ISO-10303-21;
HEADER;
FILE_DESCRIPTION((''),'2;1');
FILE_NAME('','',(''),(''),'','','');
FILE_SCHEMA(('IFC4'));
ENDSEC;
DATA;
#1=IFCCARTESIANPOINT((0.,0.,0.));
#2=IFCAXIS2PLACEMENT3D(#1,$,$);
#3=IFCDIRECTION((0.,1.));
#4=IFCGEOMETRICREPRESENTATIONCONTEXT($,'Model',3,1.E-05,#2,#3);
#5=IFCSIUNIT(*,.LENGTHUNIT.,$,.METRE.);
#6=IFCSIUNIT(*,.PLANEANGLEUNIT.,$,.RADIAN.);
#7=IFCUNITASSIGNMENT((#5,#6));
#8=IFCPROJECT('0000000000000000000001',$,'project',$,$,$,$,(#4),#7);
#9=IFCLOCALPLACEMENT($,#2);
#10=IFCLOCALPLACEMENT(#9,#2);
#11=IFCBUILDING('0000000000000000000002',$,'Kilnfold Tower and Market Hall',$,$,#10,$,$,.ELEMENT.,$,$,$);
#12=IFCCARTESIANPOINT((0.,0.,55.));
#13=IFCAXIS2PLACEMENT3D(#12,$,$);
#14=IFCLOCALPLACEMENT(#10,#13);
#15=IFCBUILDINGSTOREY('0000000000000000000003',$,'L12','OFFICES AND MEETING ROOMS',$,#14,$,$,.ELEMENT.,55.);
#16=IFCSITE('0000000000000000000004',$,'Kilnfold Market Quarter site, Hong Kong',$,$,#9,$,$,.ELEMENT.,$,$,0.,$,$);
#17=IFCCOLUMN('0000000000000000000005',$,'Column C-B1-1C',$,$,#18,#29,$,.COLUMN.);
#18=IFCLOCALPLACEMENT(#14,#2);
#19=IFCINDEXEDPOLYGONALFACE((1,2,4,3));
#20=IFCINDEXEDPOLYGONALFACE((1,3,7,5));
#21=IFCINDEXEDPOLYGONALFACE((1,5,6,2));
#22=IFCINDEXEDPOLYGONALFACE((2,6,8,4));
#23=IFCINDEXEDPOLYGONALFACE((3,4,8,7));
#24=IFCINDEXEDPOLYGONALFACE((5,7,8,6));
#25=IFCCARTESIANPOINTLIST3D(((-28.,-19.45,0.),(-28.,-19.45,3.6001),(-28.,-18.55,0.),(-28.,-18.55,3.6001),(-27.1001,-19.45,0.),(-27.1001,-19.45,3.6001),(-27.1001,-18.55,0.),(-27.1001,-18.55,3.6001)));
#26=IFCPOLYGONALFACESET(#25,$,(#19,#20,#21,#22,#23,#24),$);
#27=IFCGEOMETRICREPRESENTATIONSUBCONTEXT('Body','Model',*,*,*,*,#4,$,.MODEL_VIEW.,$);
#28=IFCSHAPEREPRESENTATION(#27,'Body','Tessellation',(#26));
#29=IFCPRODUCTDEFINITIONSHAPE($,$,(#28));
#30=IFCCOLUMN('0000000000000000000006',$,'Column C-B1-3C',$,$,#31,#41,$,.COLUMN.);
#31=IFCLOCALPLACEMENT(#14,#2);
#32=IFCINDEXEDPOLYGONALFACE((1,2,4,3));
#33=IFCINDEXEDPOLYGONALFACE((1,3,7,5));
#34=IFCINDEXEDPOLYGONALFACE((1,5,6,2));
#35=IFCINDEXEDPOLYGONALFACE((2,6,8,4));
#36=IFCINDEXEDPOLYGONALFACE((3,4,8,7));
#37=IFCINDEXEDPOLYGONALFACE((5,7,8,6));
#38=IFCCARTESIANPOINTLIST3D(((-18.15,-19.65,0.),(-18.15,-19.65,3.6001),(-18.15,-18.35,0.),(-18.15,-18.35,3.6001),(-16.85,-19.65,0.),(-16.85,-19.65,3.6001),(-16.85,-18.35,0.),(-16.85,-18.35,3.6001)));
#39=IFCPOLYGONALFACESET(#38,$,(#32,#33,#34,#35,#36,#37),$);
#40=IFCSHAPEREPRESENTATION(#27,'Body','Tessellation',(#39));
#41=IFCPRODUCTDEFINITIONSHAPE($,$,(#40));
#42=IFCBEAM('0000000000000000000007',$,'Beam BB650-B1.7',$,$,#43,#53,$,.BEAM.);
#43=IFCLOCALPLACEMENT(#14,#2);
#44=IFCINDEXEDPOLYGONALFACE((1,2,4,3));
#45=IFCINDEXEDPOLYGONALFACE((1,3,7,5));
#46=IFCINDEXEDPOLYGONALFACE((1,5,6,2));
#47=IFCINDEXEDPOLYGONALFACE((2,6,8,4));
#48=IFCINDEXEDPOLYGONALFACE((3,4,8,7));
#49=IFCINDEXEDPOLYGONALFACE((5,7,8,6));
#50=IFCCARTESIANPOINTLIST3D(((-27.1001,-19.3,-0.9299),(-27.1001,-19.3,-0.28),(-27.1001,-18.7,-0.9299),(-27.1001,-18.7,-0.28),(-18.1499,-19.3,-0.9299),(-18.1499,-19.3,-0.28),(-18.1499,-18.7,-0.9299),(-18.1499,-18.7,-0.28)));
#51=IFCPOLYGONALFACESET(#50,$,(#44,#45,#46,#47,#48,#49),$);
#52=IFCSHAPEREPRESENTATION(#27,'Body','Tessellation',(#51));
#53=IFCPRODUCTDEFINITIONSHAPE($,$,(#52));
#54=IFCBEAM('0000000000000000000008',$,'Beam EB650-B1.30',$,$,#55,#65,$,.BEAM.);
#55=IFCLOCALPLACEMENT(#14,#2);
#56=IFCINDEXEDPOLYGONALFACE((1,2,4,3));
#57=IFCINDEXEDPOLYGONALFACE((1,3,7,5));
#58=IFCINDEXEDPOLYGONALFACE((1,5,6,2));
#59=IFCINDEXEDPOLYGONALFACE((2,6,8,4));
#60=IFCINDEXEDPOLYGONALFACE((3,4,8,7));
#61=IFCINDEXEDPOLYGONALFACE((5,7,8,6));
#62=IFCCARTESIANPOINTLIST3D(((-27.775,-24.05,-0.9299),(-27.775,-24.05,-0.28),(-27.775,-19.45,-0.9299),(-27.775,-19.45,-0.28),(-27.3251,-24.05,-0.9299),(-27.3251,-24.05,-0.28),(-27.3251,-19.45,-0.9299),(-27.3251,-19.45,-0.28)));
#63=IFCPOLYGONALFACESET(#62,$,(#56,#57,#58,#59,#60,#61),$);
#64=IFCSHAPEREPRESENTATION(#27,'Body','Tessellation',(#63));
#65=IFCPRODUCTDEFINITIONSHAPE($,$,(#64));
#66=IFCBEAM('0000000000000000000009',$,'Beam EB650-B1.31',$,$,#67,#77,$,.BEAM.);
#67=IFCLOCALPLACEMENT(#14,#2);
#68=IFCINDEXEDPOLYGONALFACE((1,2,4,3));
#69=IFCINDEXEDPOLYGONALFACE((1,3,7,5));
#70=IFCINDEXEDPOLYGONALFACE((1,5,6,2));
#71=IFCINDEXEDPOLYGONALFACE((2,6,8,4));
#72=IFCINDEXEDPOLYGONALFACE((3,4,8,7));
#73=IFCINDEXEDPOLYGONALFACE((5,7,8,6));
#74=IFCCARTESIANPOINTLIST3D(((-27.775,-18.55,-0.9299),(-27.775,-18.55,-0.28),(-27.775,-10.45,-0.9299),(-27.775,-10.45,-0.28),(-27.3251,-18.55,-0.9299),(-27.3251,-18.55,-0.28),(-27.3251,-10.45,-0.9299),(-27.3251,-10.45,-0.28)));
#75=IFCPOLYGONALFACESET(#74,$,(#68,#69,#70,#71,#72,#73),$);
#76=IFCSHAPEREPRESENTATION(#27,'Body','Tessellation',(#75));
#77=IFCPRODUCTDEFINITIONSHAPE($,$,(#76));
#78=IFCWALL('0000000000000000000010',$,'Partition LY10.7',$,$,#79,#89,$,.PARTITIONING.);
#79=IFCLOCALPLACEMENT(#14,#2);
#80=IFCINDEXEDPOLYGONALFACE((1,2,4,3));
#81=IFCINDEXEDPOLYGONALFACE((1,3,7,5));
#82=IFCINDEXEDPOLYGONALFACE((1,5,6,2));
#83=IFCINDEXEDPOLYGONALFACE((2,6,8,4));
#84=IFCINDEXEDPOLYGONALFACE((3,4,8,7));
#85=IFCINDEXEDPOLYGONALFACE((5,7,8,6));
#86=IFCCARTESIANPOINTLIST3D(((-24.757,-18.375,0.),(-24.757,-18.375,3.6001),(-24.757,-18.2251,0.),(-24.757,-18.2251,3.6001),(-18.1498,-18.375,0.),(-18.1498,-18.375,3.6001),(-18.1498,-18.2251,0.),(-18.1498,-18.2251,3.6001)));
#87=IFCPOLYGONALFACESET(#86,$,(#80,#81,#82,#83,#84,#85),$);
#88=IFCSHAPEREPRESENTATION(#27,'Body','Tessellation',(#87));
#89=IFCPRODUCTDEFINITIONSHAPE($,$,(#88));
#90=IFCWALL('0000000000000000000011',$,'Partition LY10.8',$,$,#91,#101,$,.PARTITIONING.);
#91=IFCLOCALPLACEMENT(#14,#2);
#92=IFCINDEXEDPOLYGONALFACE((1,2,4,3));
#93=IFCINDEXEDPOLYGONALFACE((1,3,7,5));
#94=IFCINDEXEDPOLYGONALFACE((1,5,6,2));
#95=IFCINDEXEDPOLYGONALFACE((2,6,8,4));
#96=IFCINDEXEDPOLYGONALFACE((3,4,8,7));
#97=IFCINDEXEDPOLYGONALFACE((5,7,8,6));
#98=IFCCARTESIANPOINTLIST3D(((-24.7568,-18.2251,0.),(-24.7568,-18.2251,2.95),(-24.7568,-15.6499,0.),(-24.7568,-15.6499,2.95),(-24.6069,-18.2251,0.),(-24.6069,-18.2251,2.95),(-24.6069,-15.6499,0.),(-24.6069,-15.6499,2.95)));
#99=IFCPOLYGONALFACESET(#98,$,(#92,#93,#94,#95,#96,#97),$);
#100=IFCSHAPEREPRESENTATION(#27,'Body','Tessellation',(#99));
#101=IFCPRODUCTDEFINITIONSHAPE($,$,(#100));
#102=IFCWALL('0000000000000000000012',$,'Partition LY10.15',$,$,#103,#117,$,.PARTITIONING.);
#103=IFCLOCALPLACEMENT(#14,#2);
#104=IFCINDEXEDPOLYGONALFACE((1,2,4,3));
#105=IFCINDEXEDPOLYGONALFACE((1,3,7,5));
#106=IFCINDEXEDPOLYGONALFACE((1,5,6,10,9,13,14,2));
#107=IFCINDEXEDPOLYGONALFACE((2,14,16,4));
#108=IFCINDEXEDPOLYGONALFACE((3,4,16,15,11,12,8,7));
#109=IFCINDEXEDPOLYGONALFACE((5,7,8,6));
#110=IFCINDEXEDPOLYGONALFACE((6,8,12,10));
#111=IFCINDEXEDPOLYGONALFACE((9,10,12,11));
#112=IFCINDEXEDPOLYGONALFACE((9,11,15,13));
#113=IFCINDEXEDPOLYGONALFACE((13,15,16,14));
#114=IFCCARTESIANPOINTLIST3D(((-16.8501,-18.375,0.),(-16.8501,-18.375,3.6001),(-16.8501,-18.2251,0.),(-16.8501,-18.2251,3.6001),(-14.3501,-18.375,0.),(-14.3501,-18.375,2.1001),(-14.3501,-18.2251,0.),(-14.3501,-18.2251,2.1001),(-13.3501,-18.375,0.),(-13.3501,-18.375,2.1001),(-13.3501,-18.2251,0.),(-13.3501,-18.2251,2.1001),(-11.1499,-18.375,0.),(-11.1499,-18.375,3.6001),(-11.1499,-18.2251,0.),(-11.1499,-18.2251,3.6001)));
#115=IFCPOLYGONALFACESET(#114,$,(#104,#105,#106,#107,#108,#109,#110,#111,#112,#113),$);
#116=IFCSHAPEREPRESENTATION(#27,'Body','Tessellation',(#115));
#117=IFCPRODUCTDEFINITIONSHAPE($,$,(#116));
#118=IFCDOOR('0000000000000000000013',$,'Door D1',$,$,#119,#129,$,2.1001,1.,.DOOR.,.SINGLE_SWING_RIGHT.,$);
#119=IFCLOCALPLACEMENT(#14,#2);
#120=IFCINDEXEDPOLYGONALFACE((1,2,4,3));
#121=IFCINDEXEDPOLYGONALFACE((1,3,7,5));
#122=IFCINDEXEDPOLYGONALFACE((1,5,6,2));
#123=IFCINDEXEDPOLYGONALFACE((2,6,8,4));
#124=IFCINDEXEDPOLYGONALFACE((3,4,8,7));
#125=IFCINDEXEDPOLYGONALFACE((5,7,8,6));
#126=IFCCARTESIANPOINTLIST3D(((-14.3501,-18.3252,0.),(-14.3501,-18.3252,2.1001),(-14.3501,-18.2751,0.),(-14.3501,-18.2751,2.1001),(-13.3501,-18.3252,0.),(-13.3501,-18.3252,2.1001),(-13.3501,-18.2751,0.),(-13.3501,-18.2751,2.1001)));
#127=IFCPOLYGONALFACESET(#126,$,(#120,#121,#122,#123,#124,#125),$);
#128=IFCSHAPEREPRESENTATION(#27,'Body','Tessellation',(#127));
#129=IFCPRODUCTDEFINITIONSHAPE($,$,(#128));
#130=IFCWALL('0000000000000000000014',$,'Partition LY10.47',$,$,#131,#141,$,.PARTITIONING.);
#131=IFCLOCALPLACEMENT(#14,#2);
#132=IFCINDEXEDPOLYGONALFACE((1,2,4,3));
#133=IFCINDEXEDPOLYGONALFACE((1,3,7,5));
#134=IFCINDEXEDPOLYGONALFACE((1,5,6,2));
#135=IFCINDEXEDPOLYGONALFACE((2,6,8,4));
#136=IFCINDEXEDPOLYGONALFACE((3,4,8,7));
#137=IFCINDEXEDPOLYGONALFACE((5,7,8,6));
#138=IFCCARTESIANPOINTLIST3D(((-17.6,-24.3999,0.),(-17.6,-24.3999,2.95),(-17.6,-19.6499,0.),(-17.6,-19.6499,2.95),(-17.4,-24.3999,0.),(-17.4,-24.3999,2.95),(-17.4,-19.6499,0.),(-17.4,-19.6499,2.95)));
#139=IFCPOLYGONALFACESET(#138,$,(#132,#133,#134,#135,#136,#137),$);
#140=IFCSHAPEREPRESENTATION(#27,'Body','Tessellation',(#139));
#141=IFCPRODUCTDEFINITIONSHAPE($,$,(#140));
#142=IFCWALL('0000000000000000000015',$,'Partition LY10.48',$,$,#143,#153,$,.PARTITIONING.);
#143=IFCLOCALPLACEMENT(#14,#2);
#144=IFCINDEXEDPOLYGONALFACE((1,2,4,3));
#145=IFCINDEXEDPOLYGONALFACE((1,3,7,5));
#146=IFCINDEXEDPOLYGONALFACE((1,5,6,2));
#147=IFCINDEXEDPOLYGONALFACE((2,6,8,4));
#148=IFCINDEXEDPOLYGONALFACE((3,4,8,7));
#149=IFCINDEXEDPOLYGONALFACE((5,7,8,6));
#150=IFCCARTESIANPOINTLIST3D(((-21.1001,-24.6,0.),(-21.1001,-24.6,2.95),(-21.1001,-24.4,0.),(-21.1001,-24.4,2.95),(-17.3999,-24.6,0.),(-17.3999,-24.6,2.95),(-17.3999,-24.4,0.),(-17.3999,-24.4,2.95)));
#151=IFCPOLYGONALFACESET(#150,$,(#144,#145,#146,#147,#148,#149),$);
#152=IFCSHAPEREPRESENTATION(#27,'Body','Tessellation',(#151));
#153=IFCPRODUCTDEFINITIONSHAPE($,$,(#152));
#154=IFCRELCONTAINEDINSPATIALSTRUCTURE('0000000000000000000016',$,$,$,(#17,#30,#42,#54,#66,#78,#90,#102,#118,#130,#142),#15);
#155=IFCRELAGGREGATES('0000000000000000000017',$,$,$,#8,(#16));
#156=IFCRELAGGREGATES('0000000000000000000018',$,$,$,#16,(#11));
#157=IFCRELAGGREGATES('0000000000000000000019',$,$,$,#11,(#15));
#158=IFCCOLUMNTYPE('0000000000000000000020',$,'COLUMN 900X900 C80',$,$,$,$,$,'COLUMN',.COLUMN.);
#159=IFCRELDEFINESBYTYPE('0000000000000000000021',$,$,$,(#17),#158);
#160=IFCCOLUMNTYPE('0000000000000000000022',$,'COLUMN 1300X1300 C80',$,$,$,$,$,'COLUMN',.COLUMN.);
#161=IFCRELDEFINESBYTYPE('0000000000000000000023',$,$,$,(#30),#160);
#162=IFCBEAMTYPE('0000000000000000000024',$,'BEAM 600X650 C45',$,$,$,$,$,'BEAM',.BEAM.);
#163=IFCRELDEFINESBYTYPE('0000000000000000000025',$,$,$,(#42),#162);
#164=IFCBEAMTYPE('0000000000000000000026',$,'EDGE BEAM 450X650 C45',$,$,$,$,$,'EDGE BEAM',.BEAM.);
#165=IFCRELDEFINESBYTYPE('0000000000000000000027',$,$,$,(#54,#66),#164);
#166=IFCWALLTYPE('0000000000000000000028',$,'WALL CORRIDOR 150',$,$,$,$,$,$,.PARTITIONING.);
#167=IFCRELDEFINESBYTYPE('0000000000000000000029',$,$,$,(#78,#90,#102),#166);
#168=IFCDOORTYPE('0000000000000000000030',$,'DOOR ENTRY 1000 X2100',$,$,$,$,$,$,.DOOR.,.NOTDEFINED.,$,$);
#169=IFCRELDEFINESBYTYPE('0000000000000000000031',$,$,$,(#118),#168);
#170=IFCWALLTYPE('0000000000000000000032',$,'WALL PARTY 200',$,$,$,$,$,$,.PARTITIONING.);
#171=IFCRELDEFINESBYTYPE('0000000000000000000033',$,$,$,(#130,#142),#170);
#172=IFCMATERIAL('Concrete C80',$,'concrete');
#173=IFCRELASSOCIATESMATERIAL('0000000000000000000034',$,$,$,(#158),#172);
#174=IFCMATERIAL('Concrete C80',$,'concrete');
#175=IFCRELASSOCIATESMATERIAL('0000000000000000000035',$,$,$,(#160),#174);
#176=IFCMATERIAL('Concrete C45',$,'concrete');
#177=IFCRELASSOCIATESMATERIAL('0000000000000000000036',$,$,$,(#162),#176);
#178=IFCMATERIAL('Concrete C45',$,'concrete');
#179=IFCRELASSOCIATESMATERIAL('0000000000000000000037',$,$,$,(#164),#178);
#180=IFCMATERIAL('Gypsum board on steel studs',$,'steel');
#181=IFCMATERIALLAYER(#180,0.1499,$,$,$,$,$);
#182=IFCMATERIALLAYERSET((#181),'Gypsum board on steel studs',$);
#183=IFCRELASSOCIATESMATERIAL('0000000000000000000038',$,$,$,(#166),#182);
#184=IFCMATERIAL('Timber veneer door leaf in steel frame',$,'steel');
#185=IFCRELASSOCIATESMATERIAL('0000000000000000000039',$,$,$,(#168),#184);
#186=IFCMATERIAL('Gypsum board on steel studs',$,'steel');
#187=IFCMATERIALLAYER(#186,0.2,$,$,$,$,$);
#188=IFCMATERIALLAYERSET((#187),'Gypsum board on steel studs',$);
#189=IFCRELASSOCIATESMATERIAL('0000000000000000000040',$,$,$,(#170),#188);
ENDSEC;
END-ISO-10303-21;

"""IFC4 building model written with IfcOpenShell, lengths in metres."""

from ifc_helpers import new_model, si_unit, direction, frame, frame_2d, origin, origin_2d, place, context, subcontext, project, spatial, rectangle, extrude, source, transform, mapped, material, layer, layer_set, material_profile, profile_set, type_object, element, fill, save


model = new_model("IFC4")

# Units and contexts
model_context = context("Model", 3, precision=1e-05, world=origin(), true_north=direction((0.0, 1.0)))
body_context = subcontext(model_context, "Body", "Model", "MODEL_VIEW")
ifc_project = project(units=[si_unit("LENGTHUNIT", "METRE"), si_unit("PLANEANGLEUNIT", "RADIAN")], contexts=[model_context])

# Site, building, storey
site_placement = place(None, origin())
site = spatial("IfcSite", under=ifc_project, at=site_placement, Name="Kilnfold Market Quarter site, Hong Kong", CompositionType="ELEMENT", RefElevation=0.0)
building_placement = place(site_placement, origin())
building = spatial("IfcBuilding", under=site, at=building_placement, Name="Kilnfold Tower and Market Hall", CompositionType="ELEMENT")
storey_placement = place(building_placement, frame((0.0, 0.0, 55.0)))
storey = spatial("IfcBuildingStorey", under=building, at=storey_placement, Name="L12", Description="OFFICES AND MEETING ROOMS", CompositionType="ELEMENT", Elevation=55.0)

# Columns
ifc_material_1 = material(Name="Concrete C80", Category="concrete")
ifc_material_profile_1 = material_profile(ifc_material_1, rectangle(XDim=0.8999, YDim=0.8999, at=origin_2d()), Name="RC 900x900")
ifc_profile_set_1 = profile_set([ifc_material_profile_1], Name="Concrete C80")
column_type_1 = type_object("IfcColumnType", Name="COLUMN 900X900 C80", ElementType="COLUMN", PredefinedType="COLUMN", material=ifc_profile_set_1)
shared_shape_1 = source(origin(), body_context, "Body", "SweptSolid", [
    extrude(rectangle(XDim=0.8999, YDim=0.8999, at=origin_2d()), origin(), (0.0, 0.0, 1.0), 3.6001),
])
column_1_placement = place(storey_placement, frame((-27.55, -19.0, 0.0), z_axis=(0.0, 0.0, 1.0), x_axis=(1.0, 0.0, 0.0)))
element("IfcColumn", 1, at=column_1_placement, inside=storey, type_object=column_type_1, Name="Column C-B1-1C", PredefinedType="COLUMN", context=body_context, shape_type="MappedRepresentation", body=[
    mapped(shared_shape_1, transform((0.0, 0.0, 0.0))),
])
ifc_material_2 = material(Name="Concrete C80", Category="concrete")
ifc_material_profile_2 = material_profile(ifc_material_2, rectangle(XDim=1.3, YDim=1.3, at=origin_2d()), Name="RC 1300x1300")
ifc_profile_set_2 = profile_set([ifc_material_profile_2], Name="Concrete C80")
column_type_2 = type_object("IfcColumnType", Name="COLUMN 1300X1300 C80", ElementType="COLUMN", PredefinedType="COLUMN", material=ifc_profile_set_2)
shared_shape_2 = source(origin(), body_context, "Body", "SweptSolid", [
    extrude(rectangle(XDim=1.3, YDim=1.3, at=origin_2d()), origin(), (0.0, 0.0, 1.0), 3.6001),
])
column_2_placement = place(storey_placement, frame((-17.5, -19.0, 0.0), z_axis=(0.0, 0.0, 1.0), x_axis=(1.0, 0.0, 0.0)))
element("IfcColumn", 2, at=column_2_placement, inside=storey, type_object=column_type_2, Name="Column C-B1-3C", PredefinedType="COLUMN", context=body_context, shape_type="MappedRepresentation", body=[
    mapped(shared_shape_2, transform((0.0, 0.0, 0.0))),
])

# Beams
ifc_material_3 = material(Name="Concrete C45", Category="concrete")
ifc_material_profile_3 = material_profile(ifc_material_3, rectangle(XDim=0.6001, YDim=0.6499, at=origin_2d()), Name="RC 600x650")
ifc_profile_set_3 = profile_set([ifc_material_profile_3], Name="Concrete C45")
beam_type_1 = type_object("IfcBeamType", Name="BEAM 600X650 C45", ElementType="BEAM", PredefinedType="BEAM", material=ifc_profile_set_3)
shared_shape_3 = source(origin(), body_context, "Body", "SweptSolid", [
    extrude(rectangle(XDim=0.6001, YDim=0.6499, at=origin_2d()), origin(), (0.0, 0.0, 1.0), 8.9502),
])
beam_1_placement = place(storey_placement, frame((-27.1001, -19.0, -0.605), z_axis=(1.0, 0.0, 0.0), x_axis=(0.0, 1.0, 0.0)))
element("IfcBeam", 3, at=beam_1_placement, inside=storey, type_object=beam_type_1, Name="Beam BB650-B1.7", PredefinedType="BEAM", context=body_context, shape_type="MappedRepresentation", body=[
    mapped(shared_shape_3, transform((0.0, 0.0, 0.0))),
])
ifc_material_4 = material(Name="Concrete C45", Category="concrete")
ifc_material_profile_4 = material_profile(ifc_material_4, rectangle(XDim=0.45, YDim=0.6499, at=origin_2d()), Name="RC 450x650")
ifc_profile_set_4 = profile_set([ifc_material_profile_4], Name="Concrete C45")
beam_type_2 = type_object("IfcBeamType", Name="EDGE BEAM 450X650 C45", ElementType="EDGE BEAM", PredefinedType="BEAM", material=ifc_profile_set_4)
shared_shape_4 = source(origin(), body_context, "Body", "SweptSolid", [
    extrude(rectangle(XDim=0.45, YDim=0.6499, at=origin_2d()), origin(), (0.0, 0.0, 1.0), 4.6001),
])
beam_2_placement = place(storey_placement, frame((-27.55, -24.05, -0.605), z_axis=(0.0, 1.0, 0.0), x_axis=(-1.0, 0.0, 0.0)))
element("IfcBeam", 4, at=beam_2_placement, inside=storey, type_object=beam_type_2, Name="Beam EB650-B1.30", PredefinedType="BEAM", context=body_context, shape_type="MappedRepresentation", body=[
    mapped(shared_shape_4, transform((0.0, 0.0, 0.0))),
])
shared_shape_5 = source(origin(), body_context, "Body", "SweptSolid", [
    extrude(rectangle(XDim=0.45, YDim=0.6499, at=origin_2d()), origin(), (0.0, 0.0, 1.0), 8.1001),
])
beam_3_placement = place(storey_placement, frame((-27.55, -18.55, -0.605), z_axis=(0.0, 1.0, 0.0), x_axis=(-1.0, 0.0, 0.0)))
element("IfcBeam", 5, at=beam_3_placement, inside=storey, type_object=beam_type_2, Name="Beam EB650-B1.31", PredefinedType="BEAM", context=body_context, shape_type="MappedRepresentation", body=[
    mapped(shared_shape_5, transform((0.0, 0.0, 0.0))),
])

# Walls
ifc_material_5 = material(Name="Gypsum board on steel studs", Category="steel")
ifc_layer_1 = layer(ifc_material_5, 0.1499)
ifc_layer_set_1 = layer_set([ifc_layer_1], Name="Gypsum board on steel studs")
wall_type_1 = type_object("IfcWallType", Name="WALL CORRIDOR 150", PredefinedType="PARTITIONING", material=ifc_layer_set_1)
wall_1_placement = place(storey_placement, frame((-24.7571, -18.3, 0.0), z_axis=(0.0, 0.0, 1.0), x_axis=(1.0, 0.0, 0.0)))
element("IfcWall", 6, at=wall_1_placement, inside=storey, type_object=wall_type_1, Name="Partition LY10.7", PredefinedType="PARTITIONING", context=body_context, shape_type="SweptSolid", body=[
    extrude(rectangle(XDim=6.6072, YDim=0.1499, at=frame_2d((3.3037, 0.0))), origin(), (0.0, 0.0, 1.0), 3.6001),
])
wall_2_placement = place(storey_placement, frame((-24.6819, -15.6499, 0.0), z_axis=(0.0, 0.0, 1.0), x_axis=(0.0, -1.0, 0.0)))
element("IfcWall", 7, at=wall_2_placement, inside=storey, type_object=wall_type_1, Name="Partition LY10.8", PredefinedType="PARTITIONING", context=body_context, shape_type="SweptSolid", body=[
    extrude(rectangle(XDim=2.5752, YDim=0.1499, at=frame_2d((1.2876, 0.0))), origin(), (0.0, 0.0, 1.0), 2.95),
])

# Wall, opening, door
wall_3_placement = place(storey_placement, frame((-16.8501, -18.3, 0.0), z_axis=(0.0, 0.0, 1.0), x_axis=(1.0, 0.0, 0.0)))
wall_3 = element("IfcWall", 8, at=wall_3_placement, inside=storey, type_object=wall_type_1, Name="Partition LY10.15", PredefinedType="PARTITIONING", context=body_context, shape_type="SweptSolid", body=[
    extrude(rectangle(XDim=5.7002, YDim=0.1499, at=frame_2d((2.8501, 0.0))), origin(), (0.0, 0.0, 1.0), 3.6001),
])
opening_1_placement = place(wall_3_placement, frame((2.5, 0.0, 0.0)))
opening_1 = element("IfcOpeningElement", 9, at=opening_1_placement, cuts=wall_3, PredefinedType="OPENING", context=body_context, shape_type="SweptSolid", body=[
    extrude(rectangle(XDim=1.0, YDim=2.1001, at=frame_2d((0.5, 1.05))), frame((0.0, 0.085, 0.0), z_axis=(0.0, -1.0, 0.0), x_axis=(1.0, 0.0, 0.0)), (0.0, 0.0, 1.0), 0.1699),
])
ifc_material_6 = material(Name="Timber veneer door leaf in steel frame", Category="steel")
door_type_1 = type_object("IfcDoorType", Name="DOOR ENTRY 1000 X2100", OperationType="NOTDEFINED", PredefinedType="DOOR", material=ifc_material_6)
door_1_placement = place(opening_1_placement, origin())
door_1 = element("IfcDoor", 10, at=door_1_placement, inside=storey, type_object=door_type_1, Name="Door D1", OperationType="SINGLE_SWING_RIGHT", OverallHeight=2.1001, OverallWidth=1.0, PredefinedType="DOOR", context=body_context, shape_type="SweptSolid", body=[
    extrude(rectangle(XDim=1.0, YDim=2.1001, at=frame_2d((0.5, 1.05))), frame((0.0, 0.0249, 0.0), z_axis=(0.0, -1.0, 0.0), x_axis=(1.0, 0.0, 0.0)), (0.0, 0.0, 1.0), 0.05),
])
fill(opening_1, door_1)

# Walls
ifc_material_7 = material(Name="Gypsum board on steel studs", Category="steel")
ifc_layer_2 = layer(ifc_material_7, 0.2)
ifc_layer_set_2 = layer_set([ifc_layer_2], Name="Gypsum board on steel studs")
wall_type_2 = type_object("IfcWallType", Name="WALL PARTY 200", PredefinedType="PARTITIONING", material=ifc_layer_set_2)
wall_4_placement = place(storey_placement, frame((-17.5, -24.3999, 0.0), z_axis=(0.0, 0.0, 1.0), x_axis=(0.0, 1.0, 0.0)))
element("IfcWall", 11, at=wall_4_placement, inside=storey, type_object=wall_type_2, Name="Partition LY10.47", PredefinedType="PARTITIONING", context=body_context, shape_type="SweptSolid", body=[
    extrude(rectangle(XDim=4.75, YDim=0.2, at=frame_2d((2.375, 0.0))), origin(), (0.0, 0.0, 1.0), 2.95),
])
wall_5_placement = place(storey_placement, frame((-21.1001, -24.5, 0.0), z_axis=(0.0, 0.0, 1.0), x_axis=(1.0, 0.0, 0.0)))
element("IfcWall", 12, at=wall_5_placement, inside=storey, type_object=wall_type_2, Name="Partition LY10.48", PredefinedType="PARTITIONING", context=body_context, shape_type="SweptSolid", body=[
    extrude(rectangle(XDim=3.7002, YDim=0.2, at=frame_2d((1.8501, 0.0))), origin(), (0.0, 0.0, 1.0), 2.95),
])

save(model, "model.ifc")
